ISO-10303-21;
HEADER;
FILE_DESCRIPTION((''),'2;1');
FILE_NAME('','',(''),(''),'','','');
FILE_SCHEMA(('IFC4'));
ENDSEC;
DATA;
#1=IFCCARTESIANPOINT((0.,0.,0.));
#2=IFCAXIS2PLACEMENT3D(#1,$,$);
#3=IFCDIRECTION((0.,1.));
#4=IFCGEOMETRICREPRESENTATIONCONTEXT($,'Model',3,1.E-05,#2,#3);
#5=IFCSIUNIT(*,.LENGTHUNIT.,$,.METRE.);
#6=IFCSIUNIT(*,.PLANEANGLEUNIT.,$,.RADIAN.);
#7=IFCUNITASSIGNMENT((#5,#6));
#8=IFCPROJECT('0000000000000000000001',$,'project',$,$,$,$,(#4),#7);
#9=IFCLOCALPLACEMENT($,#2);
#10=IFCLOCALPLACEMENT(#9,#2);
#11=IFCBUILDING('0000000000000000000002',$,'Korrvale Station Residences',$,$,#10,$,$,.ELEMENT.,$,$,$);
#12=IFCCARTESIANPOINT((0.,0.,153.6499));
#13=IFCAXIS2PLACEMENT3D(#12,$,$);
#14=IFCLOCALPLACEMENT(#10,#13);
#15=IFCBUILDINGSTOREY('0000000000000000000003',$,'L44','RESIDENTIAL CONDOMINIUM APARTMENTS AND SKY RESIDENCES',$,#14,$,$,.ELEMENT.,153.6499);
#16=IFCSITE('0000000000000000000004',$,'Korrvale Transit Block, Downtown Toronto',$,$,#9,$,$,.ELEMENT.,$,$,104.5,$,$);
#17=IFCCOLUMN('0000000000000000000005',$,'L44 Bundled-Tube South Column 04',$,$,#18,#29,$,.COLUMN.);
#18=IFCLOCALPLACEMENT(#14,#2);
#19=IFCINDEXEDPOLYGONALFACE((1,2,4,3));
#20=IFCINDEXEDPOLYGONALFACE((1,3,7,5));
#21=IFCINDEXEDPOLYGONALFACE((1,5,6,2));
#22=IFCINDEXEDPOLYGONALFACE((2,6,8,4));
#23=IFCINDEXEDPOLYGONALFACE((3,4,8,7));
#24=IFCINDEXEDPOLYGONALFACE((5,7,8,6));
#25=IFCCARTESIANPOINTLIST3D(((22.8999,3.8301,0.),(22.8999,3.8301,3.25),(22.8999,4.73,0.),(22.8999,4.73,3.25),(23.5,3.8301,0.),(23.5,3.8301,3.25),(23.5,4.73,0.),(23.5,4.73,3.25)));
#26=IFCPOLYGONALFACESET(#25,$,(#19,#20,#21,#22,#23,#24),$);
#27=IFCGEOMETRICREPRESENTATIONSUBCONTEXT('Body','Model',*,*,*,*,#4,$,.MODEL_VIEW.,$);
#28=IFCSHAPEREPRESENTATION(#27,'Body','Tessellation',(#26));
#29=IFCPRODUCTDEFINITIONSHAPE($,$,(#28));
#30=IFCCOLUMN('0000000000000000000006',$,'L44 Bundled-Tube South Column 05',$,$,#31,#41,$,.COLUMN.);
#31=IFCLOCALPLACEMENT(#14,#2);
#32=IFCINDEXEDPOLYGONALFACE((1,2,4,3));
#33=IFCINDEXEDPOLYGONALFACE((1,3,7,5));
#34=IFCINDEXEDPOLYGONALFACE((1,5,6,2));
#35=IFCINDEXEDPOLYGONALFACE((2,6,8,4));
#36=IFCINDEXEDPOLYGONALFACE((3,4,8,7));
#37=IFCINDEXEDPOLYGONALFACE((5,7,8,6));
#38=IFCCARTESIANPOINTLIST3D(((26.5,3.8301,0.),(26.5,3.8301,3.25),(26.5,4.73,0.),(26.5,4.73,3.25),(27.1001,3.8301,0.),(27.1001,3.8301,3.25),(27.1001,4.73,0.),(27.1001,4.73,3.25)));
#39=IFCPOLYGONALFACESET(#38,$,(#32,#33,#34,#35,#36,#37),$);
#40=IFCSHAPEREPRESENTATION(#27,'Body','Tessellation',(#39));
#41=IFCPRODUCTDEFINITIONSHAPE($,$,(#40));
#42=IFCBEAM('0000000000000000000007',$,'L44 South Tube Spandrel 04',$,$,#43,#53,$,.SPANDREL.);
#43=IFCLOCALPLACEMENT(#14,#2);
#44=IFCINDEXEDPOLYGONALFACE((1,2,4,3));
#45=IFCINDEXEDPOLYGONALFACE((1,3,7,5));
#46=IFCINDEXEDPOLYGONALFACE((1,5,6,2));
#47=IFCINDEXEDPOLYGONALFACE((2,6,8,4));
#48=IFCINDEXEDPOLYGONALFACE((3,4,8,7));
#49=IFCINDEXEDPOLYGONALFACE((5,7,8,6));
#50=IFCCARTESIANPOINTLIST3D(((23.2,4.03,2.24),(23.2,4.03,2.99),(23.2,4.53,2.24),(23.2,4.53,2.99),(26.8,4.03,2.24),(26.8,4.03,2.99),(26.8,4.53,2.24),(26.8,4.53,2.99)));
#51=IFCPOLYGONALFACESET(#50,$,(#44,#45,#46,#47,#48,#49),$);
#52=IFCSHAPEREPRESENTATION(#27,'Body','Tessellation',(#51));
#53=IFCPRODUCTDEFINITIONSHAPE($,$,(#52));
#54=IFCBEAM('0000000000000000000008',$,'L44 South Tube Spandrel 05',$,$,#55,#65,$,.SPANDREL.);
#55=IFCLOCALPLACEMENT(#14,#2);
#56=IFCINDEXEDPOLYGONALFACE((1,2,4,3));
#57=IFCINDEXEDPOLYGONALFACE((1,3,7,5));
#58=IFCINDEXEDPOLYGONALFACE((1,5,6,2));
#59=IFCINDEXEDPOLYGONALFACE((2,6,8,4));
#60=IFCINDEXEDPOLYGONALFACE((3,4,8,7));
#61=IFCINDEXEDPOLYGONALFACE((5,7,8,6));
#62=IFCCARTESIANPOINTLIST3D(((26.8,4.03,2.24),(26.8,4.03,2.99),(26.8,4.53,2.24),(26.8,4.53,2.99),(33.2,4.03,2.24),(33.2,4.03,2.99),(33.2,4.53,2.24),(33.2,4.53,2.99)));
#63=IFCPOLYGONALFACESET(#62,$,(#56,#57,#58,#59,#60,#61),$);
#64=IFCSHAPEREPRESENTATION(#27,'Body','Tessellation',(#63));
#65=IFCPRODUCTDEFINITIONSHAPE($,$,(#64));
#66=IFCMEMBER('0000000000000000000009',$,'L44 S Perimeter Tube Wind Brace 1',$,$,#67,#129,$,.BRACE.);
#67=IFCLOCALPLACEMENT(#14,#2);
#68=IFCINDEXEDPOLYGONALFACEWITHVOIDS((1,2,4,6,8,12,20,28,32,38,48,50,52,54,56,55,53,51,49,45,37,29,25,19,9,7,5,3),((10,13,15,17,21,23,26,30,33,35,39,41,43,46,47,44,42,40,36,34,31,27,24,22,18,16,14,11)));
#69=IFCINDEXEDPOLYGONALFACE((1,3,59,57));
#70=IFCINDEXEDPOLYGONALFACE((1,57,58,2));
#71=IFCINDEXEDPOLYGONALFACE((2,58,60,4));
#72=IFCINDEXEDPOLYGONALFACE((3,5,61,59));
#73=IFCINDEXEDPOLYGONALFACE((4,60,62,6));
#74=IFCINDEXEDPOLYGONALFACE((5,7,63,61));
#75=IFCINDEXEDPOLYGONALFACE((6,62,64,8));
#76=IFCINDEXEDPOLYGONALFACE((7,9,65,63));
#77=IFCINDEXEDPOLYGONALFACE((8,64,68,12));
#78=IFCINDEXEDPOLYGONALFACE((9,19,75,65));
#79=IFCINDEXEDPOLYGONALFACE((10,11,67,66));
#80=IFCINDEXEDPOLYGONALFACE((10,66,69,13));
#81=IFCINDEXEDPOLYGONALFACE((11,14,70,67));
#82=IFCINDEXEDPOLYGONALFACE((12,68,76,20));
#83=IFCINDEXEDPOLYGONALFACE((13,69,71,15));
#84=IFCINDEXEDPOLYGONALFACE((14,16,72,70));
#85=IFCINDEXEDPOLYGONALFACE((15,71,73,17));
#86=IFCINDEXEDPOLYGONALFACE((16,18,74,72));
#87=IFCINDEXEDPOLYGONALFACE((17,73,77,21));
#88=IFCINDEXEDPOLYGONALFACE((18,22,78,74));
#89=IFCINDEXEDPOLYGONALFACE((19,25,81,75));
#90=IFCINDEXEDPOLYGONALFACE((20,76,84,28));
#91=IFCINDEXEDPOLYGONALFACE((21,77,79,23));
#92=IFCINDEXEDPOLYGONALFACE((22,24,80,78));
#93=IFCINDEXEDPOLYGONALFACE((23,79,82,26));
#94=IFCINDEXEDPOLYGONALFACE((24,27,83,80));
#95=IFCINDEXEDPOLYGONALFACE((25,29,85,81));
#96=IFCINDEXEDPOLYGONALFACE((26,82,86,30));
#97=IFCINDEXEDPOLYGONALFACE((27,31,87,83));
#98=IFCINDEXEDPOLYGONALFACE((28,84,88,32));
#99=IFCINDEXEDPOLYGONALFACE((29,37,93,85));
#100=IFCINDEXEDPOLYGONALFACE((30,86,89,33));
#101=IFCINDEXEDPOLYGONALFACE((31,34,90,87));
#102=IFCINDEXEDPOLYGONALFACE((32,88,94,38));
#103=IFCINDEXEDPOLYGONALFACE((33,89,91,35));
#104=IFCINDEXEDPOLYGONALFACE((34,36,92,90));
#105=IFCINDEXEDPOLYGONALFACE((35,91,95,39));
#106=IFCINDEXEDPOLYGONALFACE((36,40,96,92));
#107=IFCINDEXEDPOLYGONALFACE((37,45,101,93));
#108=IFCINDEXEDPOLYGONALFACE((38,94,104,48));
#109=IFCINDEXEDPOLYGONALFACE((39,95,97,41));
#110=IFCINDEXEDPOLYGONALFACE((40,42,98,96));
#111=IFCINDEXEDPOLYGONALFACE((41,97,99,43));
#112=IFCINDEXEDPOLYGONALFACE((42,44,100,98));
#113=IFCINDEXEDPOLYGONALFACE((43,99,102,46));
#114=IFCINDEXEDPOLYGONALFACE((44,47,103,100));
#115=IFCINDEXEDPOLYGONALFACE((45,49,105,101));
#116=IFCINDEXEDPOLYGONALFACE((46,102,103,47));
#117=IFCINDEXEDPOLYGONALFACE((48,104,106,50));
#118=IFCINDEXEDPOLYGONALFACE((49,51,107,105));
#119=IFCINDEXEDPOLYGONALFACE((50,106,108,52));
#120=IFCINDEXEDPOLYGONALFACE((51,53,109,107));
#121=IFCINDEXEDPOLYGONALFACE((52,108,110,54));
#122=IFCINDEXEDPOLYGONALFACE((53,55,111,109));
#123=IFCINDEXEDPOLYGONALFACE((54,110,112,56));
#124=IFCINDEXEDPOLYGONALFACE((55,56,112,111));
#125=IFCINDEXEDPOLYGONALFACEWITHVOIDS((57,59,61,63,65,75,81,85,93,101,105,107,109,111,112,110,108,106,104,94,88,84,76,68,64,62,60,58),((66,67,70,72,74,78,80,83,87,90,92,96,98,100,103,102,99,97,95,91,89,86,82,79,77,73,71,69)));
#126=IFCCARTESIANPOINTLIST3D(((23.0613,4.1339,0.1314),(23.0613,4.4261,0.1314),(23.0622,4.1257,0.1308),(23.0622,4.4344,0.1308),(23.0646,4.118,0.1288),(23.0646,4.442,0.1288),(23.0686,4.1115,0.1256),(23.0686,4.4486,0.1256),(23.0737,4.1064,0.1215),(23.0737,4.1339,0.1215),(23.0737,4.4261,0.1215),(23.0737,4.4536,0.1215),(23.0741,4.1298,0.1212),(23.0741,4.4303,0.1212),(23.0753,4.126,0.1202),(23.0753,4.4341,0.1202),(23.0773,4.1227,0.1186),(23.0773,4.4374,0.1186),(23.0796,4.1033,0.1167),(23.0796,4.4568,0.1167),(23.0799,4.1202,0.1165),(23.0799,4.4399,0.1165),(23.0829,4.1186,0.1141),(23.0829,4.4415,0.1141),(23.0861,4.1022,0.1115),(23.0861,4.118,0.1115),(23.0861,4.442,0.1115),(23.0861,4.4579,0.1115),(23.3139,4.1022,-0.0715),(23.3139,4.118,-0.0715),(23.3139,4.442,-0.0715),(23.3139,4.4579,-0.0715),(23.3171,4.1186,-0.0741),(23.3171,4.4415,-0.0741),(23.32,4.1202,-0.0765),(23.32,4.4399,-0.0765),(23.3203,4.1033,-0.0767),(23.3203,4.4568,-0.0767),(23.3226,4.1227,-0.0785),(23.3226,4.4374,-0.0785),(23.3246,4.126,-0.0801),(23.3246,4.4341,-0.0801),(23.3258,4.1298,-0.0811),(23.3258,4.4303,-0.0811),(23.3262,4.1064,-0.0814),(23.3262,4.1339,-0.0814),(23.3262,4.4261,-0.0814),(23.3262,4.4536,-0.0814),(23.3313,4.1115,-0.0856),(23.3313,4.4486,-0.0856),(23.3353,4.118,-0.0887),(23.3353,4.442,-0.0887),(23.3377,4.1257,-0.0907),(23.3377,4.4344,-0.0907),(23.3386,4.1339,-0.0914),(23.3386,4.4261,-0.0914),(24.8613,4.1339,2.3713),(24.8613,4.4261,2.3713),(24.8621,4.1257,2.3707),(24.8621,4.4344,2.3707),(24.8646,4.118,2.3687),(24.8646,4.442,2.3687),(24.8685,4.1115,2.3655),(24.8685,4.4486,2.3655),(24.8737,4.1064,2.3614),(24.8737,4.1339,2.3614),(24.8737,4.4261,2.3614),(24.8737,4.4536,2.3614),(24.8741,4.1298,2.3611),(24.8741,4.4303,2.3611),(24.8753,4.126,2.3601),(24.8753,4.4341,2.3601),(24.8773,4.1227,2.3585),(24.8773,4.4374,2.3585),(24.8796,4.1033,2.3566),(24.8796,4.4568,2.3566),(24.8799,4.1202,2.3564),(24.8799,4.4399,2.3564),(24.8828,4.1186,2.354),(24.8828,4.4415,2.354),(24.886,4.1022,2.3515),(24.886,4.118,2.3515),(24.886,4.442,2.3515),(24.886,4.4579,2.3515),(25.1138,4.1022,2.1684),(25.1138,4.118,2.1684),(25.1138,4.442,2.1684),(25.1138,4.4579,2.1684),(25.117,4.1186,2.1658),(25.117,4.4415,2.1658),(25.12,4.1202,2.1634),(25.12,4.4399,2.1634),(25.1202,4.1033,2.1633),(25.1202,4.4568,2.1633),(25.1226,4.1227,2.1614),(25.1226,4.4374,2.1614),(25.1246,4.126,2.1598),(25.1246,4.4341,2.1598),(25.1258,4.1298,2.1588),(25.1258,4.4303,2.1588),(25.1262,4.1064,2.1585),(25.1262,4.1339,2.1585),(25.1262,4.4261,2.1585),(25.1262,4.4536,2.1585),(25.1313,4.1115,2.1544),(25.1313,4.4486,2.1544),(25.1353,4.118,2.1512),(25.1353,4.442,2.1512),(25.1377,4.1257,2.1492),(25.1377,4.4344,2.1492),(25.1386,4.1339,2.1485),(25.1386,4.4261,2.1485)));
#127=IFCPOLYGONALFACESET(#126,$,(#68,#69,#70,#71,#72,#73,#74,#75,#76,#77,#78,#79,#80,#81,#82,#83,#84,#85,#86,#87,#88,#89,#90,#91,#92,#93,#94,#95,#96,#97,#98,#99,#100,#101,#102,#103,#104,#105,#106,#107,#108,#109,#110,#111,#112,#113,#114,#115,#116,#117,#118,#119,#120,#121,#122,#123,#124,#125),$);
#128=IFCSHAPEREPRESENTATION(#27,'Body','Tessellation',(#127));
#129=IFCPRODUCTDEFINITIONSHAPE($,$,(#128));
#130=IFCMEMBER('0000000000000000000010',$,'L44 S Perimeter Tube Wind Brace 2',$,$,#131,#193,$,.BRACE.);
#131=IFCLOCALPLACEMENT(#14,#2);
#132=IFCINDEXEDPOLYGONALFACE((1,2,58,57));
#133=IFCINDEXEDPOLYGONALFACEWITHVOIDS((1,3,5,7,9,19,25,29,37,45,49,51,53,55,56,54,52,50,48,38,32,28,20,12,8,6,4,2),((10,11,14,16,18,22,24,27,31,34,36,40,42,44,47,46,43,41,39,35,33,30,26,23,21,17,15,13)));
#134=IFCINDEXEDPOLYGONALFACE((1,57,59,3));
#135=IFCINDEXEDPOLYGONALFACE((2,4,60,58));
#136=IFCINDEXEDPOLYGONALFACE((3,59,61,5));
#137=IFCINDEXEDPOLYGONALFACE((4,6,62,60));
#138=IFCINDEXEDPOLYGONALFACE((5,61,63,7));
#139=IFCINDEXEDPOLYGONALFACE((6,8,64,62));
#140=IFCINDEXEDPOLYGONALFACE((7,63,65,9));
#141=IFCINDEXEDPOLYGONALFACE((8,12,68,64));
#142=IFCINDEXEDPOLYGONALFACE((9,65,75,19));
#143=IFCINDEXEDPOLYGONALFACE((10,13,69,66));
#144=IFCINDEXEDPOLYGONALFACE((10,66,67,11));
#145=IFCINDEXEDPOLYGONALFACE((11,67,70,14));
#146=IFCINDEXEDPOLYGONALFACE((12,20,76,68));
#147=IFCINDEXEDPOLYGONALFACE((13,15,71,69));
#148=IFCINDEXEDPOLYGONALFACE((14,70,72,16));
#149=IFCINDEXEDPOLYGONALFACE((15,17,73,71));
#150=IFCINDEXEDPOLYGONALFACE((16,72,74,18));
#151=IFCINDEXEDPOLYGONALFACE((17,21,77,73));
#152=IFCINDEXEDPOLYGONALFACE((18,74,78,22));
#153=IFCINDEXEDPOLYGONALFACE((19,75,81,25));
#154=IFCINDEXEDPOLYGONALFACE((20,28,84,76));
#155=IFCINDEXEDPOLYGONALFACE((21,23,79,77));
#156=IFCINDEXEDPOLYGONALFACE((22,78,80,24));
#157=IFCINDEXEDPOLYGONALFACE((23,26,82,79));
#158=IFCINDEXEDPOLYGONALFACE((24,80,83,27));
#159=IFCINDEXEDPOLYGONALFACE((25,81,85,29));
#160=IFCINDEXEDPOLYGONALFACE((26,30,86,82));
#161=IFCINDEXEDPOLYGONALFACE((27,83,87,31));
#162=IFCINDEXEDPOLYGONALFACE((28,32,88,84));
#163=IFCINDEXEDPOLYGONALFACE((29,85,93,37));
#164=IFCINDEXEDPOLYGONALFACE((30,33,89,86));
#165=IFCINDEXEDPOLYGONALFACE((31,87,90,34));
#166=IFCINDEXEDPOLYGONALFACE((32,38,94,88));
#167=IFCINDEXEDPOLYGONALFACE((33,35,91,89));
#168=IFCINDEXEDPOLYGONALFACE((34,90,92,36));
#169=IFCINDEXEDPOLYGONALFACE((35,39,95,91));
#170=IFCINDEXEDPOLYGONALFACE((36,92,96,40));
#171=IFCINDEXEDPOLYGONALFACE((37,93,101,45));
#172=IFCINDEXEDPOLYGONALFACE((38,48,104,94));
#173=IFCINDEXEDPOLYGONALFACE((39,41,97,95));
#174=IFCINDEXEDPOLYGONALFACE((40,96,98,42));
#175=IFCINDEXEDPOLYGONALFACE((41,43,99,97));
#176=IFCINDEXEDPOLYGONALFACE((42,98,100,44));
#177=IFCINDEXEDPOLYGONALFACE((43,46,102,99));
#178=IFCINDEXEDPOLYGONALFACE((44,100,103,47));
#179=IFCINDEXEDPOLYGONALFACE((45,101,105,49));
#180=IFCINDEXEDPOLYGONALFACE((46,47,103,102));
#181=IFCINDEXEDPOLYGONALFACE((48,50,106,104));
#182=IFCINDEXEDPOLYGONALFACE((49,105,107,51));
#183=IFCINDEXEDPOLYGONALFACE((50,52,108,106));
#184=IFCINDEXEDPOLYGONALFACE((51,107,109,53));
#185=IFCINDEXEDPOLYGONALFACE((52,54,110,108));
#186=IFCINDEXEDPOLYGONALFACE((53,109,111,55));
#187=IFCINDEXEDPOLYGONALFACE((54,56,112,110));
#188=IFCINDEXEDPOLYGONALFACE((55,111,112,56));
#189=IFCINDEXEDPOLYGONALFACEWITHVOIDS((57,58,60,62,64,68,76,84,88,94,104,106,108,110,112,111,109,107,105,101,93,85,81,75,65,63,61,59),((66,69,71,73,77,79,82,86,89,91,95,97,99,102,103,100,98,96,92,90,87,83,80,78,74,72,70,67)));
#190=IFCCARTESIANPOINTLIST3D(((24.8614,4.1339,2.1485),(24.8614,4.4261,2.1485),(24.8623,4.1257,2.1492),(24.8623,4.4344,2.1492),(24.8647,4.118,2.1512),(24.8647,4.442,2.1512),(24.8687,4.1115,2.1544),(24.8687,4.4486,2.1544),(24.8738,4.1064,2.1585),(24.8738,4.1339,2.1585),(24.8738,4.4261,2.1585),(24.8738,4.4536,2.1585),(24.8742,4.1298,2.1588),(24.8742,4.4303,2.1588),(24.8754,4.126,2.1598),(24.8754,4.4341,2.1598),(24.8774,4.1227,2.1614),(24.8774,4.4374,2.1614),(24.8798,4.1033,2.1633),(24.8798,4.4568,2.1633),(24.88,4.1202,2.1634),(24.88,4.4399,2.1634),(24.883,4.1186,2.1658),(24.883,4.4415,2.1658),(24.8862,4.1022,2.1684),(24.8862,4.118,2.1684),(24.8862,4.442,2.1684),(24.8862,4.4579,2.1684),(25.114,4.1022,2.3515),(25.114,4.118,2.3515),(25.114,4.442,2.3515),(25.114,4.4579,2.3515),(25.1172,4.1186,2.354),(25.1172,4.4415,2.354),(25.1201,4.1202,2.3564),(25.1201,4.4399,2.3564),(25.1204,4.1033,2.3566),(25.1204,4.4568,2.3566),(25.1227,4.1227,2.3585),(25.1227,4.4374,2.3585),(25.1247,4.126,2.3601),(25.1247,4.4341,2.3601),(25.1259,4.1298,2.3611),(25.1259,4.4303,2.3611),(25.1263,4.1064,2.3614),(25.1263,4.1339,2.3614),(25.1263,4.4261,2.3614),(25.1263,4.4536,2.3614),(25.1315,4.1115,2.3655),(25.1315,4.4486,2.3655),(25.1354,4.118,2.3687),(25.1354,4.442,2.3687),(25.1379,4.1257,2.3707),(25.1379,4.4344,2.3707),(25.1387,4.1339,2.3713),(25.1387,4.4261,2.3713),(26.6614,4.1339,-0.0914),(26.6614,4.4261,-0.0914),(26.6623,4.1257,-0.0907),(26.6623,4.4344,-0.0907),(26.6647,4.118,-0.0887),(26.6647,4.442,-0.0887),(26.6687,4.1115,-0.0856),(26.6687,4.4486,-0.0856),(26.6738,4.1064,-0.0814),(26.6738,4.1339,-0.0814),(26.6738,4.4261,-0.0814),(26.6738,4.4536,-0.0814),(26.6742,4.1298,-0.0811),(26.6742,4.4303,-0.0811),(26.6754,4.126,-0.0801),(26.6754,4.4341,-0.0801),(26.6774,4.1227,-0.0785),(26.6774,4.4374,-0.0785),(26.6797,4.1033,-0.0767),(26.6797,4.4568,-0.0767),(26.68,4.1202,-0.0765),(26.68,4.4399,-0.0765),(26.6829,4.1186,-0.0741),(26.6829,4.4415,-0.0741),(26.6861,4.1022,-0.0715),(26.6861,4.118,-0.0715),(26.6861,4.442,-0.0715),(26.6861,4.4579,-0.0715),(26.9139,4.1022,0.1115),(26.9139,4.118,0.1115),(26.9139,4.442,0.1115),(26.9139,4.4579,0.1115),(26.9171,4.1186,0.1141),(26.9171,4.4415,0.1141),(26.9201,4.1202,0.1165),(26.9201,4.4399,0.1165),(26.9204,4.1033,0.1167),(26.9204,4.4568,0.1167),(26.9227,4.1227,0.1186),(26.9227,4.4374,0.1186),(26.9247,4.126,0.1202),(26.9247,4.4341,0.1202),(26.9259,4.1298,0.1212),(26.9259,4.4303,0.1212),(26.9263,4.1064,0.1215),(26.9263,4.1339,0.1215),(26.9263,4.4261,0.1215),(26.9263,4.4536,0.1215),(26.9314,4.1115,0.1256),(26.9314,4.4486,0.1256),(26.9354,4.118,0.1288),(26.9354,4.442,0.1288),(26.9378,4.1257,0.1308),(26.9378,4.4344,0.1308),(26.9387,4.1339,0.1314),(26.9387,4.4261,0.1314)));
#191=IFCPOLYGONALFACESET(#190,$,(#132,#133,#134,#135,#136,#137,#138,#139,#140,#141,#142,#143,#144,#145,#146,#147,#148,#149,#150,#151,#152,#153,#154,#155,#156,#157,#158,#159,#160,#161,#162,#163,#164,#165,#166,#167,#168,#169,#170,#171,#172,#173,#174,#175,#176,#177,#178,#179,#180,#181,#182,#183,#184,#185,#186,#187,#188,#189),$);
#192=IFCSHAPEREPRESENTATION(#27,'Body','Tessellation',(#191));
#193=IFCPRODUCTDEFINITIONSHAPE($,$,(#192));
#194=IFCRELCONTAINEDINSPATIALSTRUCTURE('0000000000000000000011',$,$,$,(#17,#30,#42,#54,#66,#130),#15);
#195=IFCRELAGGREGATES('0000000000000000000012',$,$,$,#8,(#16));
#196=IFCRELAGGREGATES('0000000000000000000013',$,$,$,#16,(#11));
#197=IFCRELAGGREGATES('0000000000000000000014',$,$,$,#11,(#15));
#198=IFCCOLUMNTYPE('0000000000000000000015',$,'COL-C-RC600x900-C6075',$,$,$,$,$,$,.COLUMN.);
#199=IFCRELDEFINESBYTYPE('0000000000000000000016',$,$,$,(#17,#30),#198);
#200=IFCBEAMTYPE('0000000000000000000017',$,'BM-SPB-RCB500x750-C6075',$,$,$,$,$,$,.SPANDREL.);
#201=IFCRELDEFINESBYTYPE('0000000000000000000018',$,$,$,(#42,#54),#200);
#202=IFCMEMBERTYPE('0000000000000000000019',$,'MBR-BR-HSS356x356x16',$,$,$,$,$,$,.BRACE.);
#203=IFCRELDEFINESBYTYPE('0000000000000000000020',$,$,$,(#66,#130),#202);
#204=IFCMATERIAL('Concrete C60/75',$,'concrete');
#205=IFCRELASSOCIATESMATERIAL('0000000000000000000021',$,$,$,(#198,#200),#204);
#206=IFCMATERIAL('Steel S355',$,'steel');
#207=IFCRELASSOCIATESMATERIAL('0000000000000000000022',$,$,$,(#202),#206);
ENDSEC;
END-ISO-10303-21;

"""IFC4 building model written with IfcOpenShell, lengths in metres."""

from ifc_helpers import new_model, si_unit, direction, frame, origin, origin_2d, place, context, subcontext, project, spatial, rectangle, hollow_rectangle, extrude, material, material_profile, profile_set, type_object, element, save


model = new_model("IFC4")

# Units and contexts
model_context = context("Model", 3, precision=1e-05, world=origin(), true_north=direction((0.0, 1.0)))
body_context = subcontext(model_context, "Body", "Model", "MODEL_VIEW")
ifc_project = project(units=[si_unit("LENGTHUNIT", "METRE"), si_unit("PLANEANGLEUNIT", "RADIAN")], contexts=[model_context])

# Site, building, storey
site_placement = place(None, origin())
site = spatial("IfcSite", under=ifc_project, at=site_placement, Name="Korrvale Transit Block, Downtown Toronto", CompositionType="ELEMENT", RefElevation=104.5)
building_placement = place(site_placement, origin())
building = spatial("IfcBuilding", under=site, at=building_placement, Name="Korrvale Station Residences", CompositionType="ELEMENT")
storey_placement = place(building_placement, frame((0.0, 0.0, 153.6499)))
storey = spatial("IfcBuildingStorey", under=building, at=storey_placement, Name="L44", Description="RESIDENTIAL CONDOMINIUM APARTMENTS AND SKY RESIDENCES", CompositionType="ELEMENT", Elevation=153.6499)

# Columns
ifc_material_1 = material(Name="Concrete C60/75", Category="concrete")
ifc_material_profile_1 = material_profile(ifc_material_1, rectangle(XDim=0.6001, YDim=0.8999, at=origin_2d()), Name="RC600x900")
ifc_profile_set_1 = profile_set([ifc_material_profile_1], Name="Concrete C60/75")
column_type = type_object("IfcColumnType", Name="COL-C-RC600x900-C6075", PredefinedType="COLUMN", material=ifc_profile_set_1)
for number, where, z_axis, x_axis, name in (
    (1, (23.2, 4.28, 0.0), (0.0, 0.0, 1.0), (1.0, 0.0, 0.0), "L44 Bundled-Tube South Column 04"),
    (2, (26.8, 4.28, 0.0), (0.0, 0.0, 1.0), (1.0, 0.0, 0.0), "L44 Bundled-Tube South Column 05"),
):
    element("IfcColumn", number, at=place(storey_placement, frame(where, z_axis=z_axis, x_axis=x_axis)), inside=storey, type_object=column_type, Name=name, PredefinedType="COLUMN", context=body_context, shape_type="SweptSolid", body=[
        extrude(rectangle(XDim=0.6001, YDim=0.8999, at=origin_2d()), origin(), (0.0, 0.0, 1.0), 3.25),
    ])

# Beams
ifc_material_profile_2 = material_profile(ifc_material_1, rectangle(XDim=0.5, YDim=0.75, at=origin_2d()), Name="RCB500x750")
ifc_profile_set_2 = profile_set([ifc_material_profile_2], Name="Concrete C60/75")
beam_type = type_object("IfcBeamType", Name="BM-SPB-RCB500x750-C6075", PredefinedType="SPANDREL", material=ifc_profile_set_2)
beam_1_placement = place(storey_placement, frame((23.2, 4.28, 2.615), z_axis=(1.0, 0.0, 0.0), x_axis=(0.0, 1.0, 0.0)))
element("IfcBeam", 3, at=beam_1_placement, inside=storey, type_object=beam_type, Name="L44 South Tube Spandrel 04", PredefinedType="SPANDREL", context=body_context, shape_type="SweptSolid", body=[
    extrude(rectangle(XDim=0.5, YDim=0.75, at=origin_2d()), origin(), (0.0, 0.0, 1.0), 3.6001),
])
beam_2_placement = place(storey_placement, frame((26.8, 4.28, 2.615), z_axis=(1.0, 0.0, 0.0), x_axis=(0.0, 1.0, 0.0)))
element("IfcBeam", 4, at=beam_2_placement, inside=storey, type_object=beam_type, Name="L44 South Tube Spandrel 05", PredefinedType="SPANDREL", context=body_context, shape_type="SweptSolid", body=[
    extrude(rectangle(XDim=0.5, YDim=0.75, at=origin_2d()), origin(), (0.0, 0.0, 1.0), 6.3999),
])

# Members
ifc_material_2 = material(Name="Steel S355", Category="steel")
ifc_material_profile_3 = material_profile(ifc_material_2, hollow_rectangle(XDim=0.3557, YDim=0.3557, WallThickness=0.0159, InnerFilletRadius=0.0159, OuterFilletRadius=0.0317, at=origin_2d()), Name="HSS356x356x16")
ifc_profile_set_3 = profile_set([ifc_material_profile_3], Name="Steel S355")
member_type = type_object("IfcMemberType", Name="MBR-BR-HSS356x356x16", PredefinedType="BRACE", material=ifc_profile_set_3)
for number, where, z_axis, x_axis, name in (
    (5, (23.2, 4.28, 0.02), (0.626403, 0.0, 0.779499), (0.0, 1.0, 0.0), "L44 S Perimeter Tube Wind Brace 1"),
    (6, (26.8, 4.28, 0.02), (-0.626403, 0.0, 0.779499), (0.0, -1.0, 0.0), "L44 S Perimeter Tube Wind Brace 2"),
):
    element("IfcMember", number, at=place(storey_placement, frame(where, z_axis=z_axis, x_axis=x_axis)), inside=storey, type_object=member_type, Name=name, PredefinedType="BRACE", context=body_context, shape_type="SweptSolid", body=[
        extrude(hollow_rectangle(XDim=0.3557, YDim=0.3557, WallThickness=0.0159, InnerFilletRadius=0.0159, OuterFilletRadius=0.0317, at=origin_2d()), origin(), (0.0, 0.0, 1.0), 2.8735),
    ])

save(model, "model.ifc")
